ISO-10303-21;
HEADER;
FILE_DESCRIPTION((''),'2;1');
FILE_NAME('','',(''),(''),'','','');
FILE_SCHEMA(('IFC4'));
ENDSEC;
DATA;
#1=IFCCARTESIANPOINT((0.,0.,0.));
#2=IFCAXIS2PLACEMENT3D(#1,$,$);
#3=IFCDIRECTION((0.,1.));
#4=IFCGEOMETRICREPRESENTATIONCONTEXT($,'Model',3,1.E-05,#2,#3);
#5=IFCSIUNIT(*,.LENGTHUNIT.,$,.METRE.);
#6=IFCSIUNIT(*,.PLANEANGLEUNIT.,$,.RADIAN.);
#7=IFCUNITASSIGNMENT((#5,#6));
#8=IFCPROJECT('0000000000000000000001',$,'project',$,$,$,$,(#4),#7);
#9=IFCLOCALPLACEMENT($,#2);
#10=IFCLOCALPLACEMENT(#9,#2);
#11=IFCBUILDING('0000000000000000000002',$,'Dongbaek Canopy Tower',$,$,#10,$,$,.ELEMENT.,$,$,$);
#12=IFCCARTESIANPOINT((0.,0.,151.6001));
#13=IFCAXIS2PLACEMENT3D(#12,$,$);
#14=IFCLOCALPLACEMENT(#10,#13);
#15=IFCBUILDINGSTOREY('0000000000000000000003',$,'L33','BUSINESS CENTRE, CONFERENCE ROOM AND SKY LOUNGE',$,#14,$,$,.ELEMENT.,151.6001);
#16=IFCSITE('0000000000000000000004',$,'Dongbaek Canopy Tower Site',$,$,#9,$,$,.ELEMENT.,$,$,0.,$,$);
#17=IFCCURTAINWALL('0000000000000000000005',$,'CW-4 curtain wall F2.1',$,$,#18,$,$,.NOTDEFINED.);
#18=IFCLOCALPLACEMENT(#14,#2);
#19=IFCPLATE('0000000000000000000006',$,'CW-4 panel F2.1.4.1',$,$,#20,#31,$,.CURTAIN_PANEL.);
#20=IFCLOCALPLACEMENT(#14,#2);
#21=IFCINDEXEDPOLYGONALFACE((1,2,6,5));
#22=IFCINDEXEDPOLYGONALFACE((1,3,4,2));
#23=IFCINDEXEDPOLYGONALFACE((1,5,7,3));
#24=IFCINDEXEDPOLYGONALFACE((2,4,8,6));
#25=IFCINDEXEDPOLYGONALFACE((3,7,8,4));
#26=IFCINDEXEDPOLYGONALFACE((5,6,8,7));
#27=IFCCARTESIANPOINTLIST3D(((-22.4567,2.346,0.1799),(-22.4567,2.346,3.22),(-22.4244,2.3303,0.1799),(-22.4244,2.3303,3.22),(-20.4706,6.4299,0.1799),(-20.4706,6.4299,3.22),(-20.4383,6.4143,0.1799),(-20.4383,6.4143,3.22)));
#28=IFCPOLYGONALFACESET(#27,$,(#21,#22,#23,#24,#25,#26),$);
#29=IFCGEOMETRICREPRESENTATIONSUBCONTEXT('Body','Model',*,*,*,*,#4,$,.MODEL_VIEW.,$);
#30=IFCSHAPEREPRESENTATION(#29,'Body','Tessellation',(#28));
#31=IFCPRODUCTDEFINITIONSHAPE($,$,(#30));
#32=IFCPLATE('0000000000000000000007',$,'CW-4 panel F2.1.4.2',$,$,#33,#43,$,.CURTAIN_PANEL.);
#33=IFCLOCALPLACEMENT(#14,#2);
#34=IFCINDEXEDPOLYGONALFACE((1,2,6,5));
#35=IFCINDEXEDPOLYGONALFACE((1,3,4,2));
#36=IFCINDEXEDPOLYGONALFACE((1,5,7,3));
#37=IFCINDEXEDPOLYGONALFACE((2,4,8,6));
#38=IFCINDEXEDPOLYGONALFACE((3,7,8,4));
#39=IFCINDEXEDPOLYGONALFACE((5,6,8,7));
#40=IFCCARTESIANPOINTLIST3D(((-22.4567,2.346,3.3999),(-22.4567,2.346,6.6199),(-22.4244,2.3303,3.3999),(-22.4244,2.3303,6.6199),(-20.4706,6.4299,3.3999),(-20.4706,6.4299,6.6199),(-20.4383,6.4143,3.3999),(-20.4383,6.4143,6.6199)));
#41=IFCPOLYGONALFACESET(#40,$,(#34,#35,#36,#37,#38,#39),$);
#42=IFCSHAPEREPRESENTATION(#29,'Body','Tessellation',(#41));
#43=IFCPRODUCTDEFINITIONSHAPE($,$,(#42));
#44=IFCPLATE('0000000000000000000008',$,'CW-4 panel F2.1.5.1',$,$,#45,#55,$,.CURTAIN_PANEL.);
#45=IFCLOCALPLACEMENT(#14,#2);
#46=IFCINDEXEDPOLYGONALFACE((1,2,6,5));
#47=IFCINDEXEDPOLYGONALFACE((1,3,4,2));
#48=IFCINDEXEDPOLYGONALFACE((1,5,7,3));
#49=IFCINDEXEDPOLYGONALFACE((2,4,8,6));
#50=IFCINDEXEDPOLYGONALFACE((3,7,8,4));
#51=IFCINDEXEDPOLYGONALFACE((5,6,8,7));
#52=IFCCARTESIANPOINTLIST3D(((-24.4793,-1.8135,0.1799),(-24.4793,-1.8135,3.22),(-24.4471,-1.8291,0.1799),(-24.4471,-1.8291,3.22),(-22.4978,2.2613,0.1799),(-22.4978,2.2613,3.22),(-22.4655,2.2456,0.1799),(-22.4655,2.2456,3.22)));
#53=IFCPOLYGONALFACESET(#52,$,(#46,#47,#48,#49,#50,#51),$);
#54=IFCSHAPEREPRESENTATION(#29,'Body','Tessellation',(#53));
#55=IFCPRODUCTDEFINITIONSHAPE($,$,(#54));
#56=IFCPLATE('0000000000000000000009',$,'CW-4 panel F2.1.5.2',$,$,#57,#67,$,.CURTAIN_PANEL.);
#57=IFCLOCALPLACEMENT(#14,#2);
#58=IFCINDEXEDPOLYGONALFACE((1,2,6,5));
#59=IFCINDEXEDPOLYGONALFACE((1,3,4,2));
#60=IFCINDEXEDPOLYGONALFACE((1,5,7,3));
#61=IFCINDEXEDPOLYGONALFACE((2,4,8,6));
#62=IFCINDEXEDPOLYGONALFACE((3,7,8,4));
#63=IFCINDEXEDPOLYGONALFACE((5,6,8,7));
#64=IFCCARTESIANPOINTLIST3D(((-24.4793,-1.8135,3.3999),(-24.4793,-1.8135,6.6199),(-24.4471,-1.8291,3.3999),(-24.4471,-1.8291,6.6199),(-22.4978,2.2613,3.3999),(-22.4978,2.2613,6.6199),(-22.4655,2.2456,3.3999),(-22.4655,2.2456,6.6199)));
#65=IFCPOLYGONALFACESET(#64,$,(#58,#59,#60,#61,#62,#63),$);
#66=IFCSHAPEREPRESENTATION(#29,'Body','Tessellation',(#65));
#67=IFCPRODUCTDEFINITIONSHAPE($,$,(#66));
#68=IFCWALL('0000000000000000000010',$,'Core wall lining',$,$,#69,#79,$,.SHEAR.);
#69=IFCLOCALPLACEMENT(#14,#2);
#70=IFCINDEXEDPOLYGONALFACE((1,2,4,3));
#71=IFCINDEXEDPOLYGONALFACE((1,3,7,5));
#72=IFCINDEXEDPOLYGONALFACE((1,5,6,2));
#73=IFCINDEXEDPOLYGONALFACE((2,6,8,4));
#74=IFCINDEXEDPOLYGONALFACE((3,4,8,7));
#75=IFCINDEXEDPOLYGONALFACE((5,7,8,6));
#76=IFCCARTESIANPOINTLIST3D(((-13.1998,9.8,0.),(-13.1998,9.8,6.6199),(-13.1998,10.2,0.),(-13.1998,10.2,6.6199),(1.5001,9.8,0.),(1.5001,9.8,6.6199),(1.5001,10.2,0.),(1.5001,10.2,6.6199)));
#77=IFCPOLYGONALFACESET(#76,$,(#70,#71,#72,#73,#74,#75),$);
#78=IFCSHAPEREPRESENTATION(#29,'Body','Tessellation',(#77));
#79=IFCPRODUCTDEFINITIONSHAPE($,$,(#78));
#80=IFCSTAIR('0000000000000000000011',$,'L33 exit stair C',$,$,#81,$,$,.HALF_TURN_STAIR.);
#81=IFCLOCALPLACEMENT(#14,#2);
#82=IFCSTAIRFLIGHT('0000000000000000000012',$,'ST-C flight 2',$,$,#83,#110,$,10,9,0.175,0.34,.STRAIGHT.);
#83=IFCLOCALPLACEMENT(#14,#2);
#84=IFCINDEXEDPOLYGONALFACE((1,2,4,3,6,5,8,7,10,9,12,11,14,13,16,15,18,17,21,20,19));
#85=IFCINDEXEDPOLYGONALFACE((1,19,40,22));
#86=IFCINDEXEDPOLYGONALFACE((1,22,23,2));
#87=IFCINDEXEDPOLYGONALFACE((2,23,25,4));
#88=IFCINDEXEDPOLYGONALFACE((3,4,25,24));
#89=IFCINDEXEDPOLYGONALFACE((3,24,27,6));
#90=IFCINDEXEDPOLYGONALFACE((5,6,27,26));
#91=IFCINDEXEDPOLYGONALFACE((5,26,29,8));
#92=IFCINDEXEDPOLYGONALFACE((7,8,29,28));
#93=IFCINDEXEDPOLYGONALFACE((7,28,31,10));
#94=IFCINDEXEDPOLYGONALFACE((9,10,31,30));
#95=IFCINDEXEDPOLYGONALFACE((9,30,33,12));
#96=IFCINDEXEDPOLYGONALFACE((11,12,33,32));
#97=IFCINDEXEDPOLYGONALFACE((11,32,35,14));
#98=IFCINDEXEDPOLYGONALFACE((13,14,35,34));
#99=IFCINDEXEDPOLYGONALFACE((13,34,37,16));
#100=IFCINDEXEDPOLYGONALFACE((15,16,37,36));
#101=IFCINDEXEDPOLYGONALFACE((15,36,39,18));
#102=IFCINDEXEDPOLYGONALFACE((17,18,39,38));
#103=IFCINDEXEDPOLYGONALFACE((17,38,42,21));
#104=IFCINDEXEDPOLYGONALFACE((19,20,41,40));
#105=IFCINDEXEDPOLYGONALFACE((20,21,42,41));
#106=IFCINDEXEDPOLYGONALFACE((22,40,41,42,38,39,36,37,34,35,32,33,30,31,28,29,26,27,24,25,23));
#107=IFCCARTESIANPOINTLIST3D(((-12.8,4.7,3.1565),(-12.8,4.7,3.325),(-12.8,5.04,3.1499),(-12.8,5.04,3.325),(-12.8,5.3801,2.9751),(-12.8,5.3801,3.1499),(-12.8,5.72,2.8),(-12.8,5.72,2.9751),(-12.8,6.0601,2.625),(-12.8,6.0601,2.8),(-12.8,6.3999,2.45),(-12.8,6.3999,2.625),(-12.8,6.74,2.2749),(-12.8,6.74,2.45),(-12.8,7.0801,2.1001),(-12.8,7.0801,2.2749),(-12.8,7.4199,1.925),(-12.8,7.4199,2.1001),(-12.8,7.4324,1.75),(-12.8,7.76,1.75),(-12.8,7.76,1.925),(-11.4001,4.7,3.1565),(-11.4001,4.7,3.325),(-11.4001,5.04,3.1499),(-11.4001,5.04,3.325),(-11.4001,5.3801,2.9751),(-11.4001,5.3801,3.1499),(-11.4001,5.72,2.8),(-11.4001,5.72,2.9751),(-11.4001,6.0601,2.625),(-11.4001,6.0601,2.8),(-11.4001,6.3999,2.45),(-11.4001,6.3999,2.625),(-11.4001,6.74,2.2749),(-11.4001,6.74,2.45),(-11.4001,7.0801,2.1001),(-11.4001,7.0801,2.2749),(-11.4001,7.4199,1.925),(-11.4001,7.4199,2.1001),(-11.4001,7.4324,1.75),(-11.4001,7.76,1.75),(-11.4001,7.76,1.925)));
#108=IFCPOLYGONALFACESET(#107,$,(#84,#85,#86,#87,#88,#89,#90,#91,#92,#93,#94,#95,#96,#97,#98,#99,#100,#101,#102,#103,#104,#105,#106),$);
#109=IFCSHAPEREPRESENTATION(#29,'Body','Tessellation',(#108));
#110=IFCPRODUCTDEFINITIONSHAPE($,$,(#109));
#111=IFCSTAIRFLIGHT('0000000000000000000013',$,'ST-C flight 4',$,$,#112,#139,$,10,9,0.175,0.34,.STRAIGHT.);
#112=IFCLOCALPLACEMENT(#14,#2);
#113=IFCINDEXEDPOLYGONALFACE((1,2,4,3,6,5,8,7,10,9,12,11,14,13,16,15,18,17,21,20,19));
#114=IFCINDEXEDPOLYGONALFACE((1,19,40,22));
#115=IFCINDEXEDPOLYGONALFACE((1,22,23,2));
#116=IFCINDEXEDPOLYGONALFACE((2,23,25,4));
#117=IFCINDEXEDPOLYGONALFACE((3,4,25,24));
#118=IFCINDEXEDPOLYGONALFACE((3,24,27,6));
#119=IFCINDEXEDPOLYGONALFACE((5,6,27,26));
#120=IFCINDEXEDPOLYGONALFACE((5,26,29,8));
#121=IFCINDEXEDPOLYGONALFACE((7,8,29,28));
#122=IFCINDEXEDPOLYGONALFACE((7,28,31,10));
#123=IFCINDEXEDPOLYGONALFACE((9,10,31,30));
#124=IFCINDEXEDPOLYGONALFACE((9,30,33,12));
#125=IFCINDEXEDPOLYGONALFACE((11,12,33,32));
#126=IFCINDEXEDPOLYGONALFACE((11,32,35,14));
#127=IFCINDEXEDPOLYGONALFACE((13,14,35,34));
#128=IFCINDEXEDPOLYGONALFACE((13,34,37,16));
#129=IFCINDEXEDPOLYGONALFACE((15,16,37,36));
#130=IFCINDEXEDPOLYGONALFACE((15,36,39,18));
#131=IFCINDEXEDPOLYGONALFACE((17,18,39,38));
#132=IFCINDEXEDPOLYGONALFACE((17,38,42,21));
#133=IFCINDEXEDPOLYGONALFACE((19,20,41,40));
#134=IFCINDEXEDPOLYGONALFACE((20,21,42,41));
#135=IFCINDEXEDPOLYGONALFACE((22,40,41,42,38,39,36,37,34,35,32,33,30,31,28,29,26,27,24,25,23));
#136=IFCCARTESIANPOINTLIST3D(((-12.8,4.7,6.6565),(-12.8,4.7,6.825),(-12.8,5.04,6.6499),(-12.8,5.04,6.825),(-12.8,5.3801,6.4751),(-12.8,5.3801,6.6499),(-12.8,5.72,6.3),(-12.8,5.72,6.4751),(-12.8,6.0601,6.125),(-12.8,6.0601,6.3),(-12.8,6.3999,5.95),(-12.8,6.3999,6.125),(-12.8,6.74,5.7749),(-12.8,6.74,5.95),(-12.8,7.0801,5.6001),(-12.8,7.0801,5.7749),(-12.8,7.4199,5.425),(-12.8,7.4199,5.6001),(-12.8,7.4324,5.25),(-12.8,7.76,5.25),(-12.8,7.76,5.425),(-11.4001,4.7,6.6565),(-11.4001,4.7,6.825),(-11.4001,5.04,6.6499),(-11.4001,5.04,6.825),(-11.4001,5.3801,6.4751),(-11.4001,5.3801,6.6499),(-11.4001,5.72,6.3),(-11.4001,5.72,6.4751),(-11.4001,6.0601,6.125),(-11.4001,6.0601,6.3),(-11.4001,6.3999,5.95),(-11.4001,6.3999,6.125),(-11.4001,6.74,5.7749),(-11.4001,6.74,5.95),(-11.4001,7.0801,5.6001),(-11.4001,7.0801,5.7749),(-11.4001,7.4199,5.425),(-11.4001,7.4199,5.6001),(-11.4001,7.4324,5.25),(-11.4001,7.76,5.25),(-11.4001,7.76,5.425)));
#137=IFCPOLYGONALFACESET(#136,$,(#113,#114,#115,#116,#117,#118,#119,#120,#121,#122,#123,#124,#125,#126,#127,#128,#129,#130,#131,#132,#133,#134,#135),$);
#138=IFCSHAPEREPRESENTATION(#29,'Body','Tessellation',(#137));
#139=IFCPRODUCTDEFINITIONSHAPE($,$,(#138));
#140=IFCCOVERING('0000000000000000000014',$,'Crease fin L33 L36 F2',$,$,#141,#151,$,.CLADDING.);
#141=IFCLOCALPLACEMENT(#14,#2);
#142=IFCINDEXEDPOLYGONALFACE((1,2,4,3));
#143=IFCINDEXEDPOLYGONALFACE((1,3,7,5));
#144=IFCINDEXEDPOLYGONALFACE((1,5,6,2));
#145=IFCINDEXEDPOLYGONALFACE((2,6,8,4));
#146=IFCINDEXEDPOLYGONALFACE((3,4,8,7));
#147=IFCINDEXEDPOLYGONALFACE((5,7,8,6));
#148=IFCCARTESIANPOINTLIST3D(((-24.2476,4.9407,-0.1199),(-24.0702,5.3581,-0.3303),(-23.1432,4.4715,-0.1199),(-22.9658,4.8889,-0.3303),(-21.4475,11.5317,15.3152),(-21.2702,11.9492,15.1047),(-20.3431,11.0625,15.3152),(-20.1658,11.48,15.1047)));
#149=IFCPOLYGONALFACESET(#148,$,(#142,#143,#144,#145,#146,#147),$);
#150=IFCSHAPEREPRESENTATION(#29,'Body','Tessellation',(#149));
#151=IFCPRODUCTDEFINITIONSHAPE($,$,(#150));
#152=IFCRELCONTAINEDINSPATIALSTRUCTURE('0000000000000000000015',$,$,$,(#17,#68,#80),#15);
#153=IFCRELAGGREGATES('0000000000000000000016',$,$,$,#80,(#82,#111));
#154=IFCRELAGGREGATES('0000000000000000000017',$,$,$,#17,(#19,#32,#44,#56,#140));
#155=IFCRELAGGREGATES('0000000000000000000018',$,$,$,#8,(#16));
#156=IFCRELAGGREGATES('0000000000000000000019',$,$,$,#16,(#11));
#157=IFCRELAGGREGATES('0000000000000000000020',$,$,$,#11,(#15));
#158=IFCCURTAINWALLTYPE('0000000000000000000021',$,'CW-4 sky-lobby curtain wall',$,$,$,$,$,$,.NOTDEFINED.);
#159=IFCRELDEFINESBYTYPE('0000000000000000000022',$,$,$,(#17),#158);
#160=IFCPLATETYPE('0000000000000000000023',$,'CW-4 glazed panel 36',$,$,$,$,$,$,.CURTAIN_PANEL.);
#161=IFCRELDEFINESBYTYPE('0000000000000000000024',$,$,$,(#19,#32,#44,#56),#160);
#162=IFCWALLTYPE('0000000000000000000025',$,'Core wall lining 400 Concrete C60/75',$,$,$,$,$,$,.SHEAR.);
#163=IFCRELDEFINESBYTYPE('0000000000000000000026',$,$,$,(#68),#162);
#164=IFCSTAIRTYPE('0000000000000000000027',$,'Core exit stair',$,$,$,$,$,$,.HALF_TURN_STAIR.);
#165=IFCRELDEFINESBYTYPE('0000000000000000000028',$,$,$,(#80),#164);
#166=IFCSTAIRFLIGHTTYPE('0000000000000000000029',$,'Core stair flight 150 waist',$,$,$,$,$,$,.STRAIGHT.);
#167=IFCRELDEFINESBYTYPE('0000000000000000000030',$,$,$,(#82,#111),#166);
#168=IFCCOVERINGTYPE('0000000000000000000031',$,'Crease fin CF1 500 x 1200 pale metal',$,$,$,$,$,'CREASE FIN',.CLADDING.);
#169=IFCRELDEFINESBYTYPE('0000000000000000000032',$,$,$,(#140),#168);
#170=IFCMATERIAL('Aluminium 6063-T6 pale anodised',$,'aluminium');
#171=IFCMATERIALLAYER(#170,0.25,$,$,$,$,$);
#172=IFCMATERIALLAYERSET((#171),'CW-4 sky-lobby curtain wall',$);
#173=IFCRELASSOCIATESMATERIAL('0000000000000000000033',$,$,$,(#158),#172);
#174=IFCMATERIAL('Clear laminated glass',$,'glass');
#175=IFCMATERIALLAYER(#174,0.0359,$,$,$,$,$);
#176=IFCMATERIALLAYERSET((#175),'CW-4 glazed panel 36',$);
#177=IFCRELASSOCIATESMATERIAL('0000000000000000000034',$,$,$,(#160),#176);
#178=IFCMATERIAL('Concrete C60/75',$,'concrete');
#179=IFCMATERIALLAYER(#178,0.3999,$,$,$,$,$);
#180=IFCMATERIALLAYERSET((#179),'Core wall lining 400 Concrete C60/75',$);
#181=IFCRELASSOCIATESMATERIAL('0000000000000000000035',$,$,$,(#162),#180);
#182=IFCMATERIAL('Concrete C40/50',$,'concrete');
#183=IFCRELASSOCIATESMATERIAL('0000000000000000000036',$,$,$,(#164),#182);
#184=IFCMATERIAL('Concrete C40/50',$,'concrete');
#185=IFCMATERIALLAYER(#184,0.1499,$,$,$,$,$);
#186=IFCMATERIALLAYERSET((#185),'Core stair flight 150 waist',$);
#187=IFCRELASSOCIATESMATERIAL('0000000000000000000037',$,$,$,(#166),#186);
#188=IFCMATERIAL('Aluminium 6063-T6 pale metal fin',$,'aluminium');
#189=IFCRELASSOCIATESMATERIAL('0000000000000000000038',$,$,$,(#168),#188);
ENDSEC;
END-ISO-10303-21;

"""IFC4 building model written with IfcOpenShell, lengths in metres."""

from ifc_helpers import new_model, si_unit, direction, frame, frame_2d, origin, origin_2d, place, context, subcontext, project, spatial, polyline, rectangle, outline, extrude, material, layer, layer_set, material_profile, profile_set, type_object, element, aggregate, save


model = new_model("IFC4")

# Units and contexts
model_context = context("Model", 3, precision=1e-05, world=origin(), true_north=direction((0.0, 1.0)))
body_context = subcontext(model_context, "Body", "Model", "MODEL_VIEW")
ifc_project = project(units=[si_unit("LENGTHUNIT", "METRE"), si_unit("PLANEANGLEUNIT", "RADIAN")], contexts=[model_context])

# Site, building, storey
site_placement = place(None, origin())
site = spatial("IfcSite", under=ifc_project, at=site_placement, Name="Dongbaek Canopy Tower Site", CompositionType="ELEMENT", RefElevation=0.0)
building_placement = place(site_placement, origin())
building = spatial("IfcBuilding", under=site, at=building_placement, Name="Dongbaek Canopy Tower", CompositionType="ELEMENT")
storey_placement = place(building_placement, frame((0.0, 0.0, 151.6001)))
storey = spatial("IfcBuildingStorey", under=building, at=storey_placement, Name="L33", Description="BUSINESS CENTRE, CONFERENCE ROOM AND SKY LOUNGE", CompositionType="ELEMENT", Elevation=151.6001)

# Curtain wall
ifc_material_1 = material(Name="Aluminium 6063-T6 pale anodised", Category="aluminium")
ifc_layer_1 = layer(ifc_material_1, 0.25)
ifc_layer_set_1 = layer_set([ifc_layer_1], Name="CW-4 sky-lobby curtain wall")
curtain_wall_type = type_object("IfcCurtainWallType", Name="CW-4 sky-lobby curtain wall", PredefinedType="NOTDEFINED", material=ifc_layer_set_1)
curtain_wall_placement = place(storey_placement, origin())
curtain_wall = element("IfcCurtainWall", 1, at=curtain_wall_placement, inside=storey, type_object=curtain_wall_type, Name="CW-4 curtain wall F2.1", PredefinedType="NOTDEFINED")

# Plates
ifc_material_2 = material(Name="Clear laminated glass", Category="glass")
ifc_layer_2 = layer(ifc_material_2, 0.0359)
ifc_layer_set_2 = layer_set([ifc_layer_2], Name="CW-4 glazed panel 36")
plate_type = type_object("IfcPlateType", Name="CW-4 glazed panel 36", PredefinedType="CURTAIN_PANEL", material=ifc_layer_set_2)
plate_1_placement = place(storey_placement, frame((-21.4475, 4.3801, 0.1799), z_axis=(0.0, 0.0, 1.0), x_axis=(-0.437336, -0.899298, 0.0)))
plate_1 = element("IfcPlate", 2, at=plate_1_placement, type_object=plate_type, Name="CW-4 panel F2.1.4.1", PredefinedType="CURTAIN_PANEL", context=body_context, shape_type="SweptSolid", body=[
    extrude(rectangle(XDim=4.5413, YDim=0.0359, at=origin_2d()), origin(), (0.0, 0.0, 1.0), 3.04),
])
plate_2_placement = place(storey_placement, frame((-21.4475, 4.3801, 3.3999), z_axis=(0.0, 0.0, 1.0), x_axis=(-0.437336, -0.899298, 0.0)))
plate_2 = element("IfcPlate", 3, at=plate_2_placement, type_object=plate_type, Name="CW-4 panel F2.1.4.2", PredefinedType="CURTAIN_PANEL", context=body_context, shape_type="SweptSolid", body=[
    extrude(rectangle(XDim=4.5413, YDim=0.0359, at=origin_2d()), origin(), (0.0, 0.0, 1.0), 3.22),
])
plate_3_placement = place(storey_placement, frame((-23.4724, 0.2161, 0.1799), z_axis=(0.0, 0.0, 1.0), x_axis=(-0.437336, -0.899298, 0.0)))
plate_3 = element("IfcPlate", 4, at=plate_3_placement, type_object=plate_type, Name="CW-4 panel F2.1.5.1", PredefinedType="CURTAIN_PANEL", context=body_context, shape_type="SweptSolid", body=[
    extrude(rectangle(XDim=4.531, YDim=0.0359, at=origin_2d()), origin(), (0.0, 0.0, 1.0), 3.04),
])
plate_4_placement = place(storey_placement, frame((-23.4724, 0.2161, 3.3999), z_axis=(0.0, 0.0, 1.0), x_axis=(-0.437336, -0.899298, 0.0)))
plate_4 = element("IfcPlate", 5, at=plate_4_placement, type_object=plate_type, Name="CW-4 panel F2.1.5.2", PredefinedType="CURTAIN_PANEL", context=body_context, shape_type="SweptSolid", body=[
    extrude(rectangle(XDim=4.531, YDim=0.0359, at=origin_2d()), origin(), (0.0, 0.0, 1.0), 3.22),
])

# Wall
ifc_material_3 = material(Name="Concrete C60/75", Category="concrete")
ifc_layer_3 = layer(ifc_material_3, 0.3999)
ifc_layer_set_3 = layer_set([ifc_layer_3], Name="Core wall lining 400 Concrete C60/75")
wall_type = type_object("IfcWallType", Name="Core wall lining 400 Concrete C60/75", PredefinedType="SHEAR", material=ifc_layer_set_3)
wall_placement = place(storey_placement, frame((-13.2, 10.0, 0.0), z_axis=(0.0, 0.0, 1.0), x_axis=(1.0, 0.0, 0.0)))
element("IfcWall", 6, at=wall_placement, inside=storey, type_object=wall_type, Name="Core wall lining", PredefinedType="SHEAR", context=body_context, shape_type="SweptSolid", body=[
    extrude(rectangle(XDim=14.7, YDim=0.3999, at=frame_2d((7.3501, 0.0))), origin(), (0.0, 0.0, 1.0), 6.6199),
])

# Stair, stair flights
ifc_material_4 = material(Name="Concrete C40/50", Category="concrete")
stair_type = type_object("IfcStairType", Name="Core exit stair", PredefinedType="HALF_TURN_STAIR", material=ifc_material_4)
stair_placement = place(storey_placement, origin())
stair = element("IfcStair", 7, at=stair_placement, inside=storey, type_object=stair_type, Name="L33 exit stair C", PredefinedType="HALF_TURN_STAIR")
ifc_material_5 = material(Name="Concrete C40/50", Category="concrete")
ifc_layer_4 = layer(ifc_material_5, 0.1499)
ifc_layer_set_4 = layer_set([ifc_layer_4], Name="Core stair flight 150 waist")
stair_flight_type = type_object("IfcStairFlightType", Name="Core stair flight 150 waist", PredefinedType="STRAIGHT", material=ifc_layer_set_4)
stair_flight_1_placement = place(storey_placement, frame((-12.1001, 7.76, 1.75), z_axis=(0.0, 0.0, 1.0), x_axis=(0.0, -1.0, 0.0)))
stair_flight_1 = element("IfcStairFlight", 8, at=stair_flight_1_placement, type_object=stair_flight_type, Name="ST-C flight 2", NumberOfRisers=10, NumberOfTreads=9, PredefinedType="STRAIGHT", RiserHeight=0.175, TreadLength=0.34, context=body_context, shape_type="SweptSolid", body=[
    extrude(outline(polyline([(0.0, 0.0), (0.0, 0.175), (0.3401, 0.175), (0.3401, 0.3501), (0.6799, 0.3501), (0.6799, 0.5249), (1.02, 0.5249), (1.02, 0.7), (1.3601, 0.7), (1.3601, 0.875), (1.7, 0.875), (1.7, 1.05), (2.04, 1.05), (2.04, 1.2251), (2.3799, 1.2251), (2.3799, 1.3999), (2.72, 1.3999), (2.72, 1.575), (3.0601, 1.575), (3.0601, 1.75), (3.0601, 1.4065), (0.3276, 0.0), (0.0, 0.0)])), frame((0.0, 0.7, 0.0), z_axis=(0.0, -1.0, 0.0), x_axis=(1.0, 0.0, 0.0)), (0.0, 0.0, 1.0), 1.3999),
])
stair_flight_2_placement = place(storey_placement, frame((-12.1001, 7.76, 5.25), z_axis=(0.0, 0.0, 1.0), x_axis=(0.0, -1.0, 0.0)))
stair_flight_2 = element("IfcStairFlight", 9, at=stair_flight_2_placement, type_object=stair_flight_type, Name="ST-C flight 4", NumberOfRisers=10, NumberOfTreads=9, PredefinedType="STRAIGHT", RiserHeight=0.175, TreadLength=0.34, context=body_context, shape_type="SweptSolid", body=[
    extrude(outline(polyline([(0.0, 0.0), (0.0, 0.175), (0.3401, 0.175), (0.3401, 0.3501), (0.6799, 0.3501), (0.6799, 0.5249), (1.02, 0.5249), (1.02, 0.7), (1.3601, 0.7), (1.3601, 0.875), (1.7, 0.875), (1.7, 1.05), (2.04, 1.05), (2.04, 1.2251), (2.3799, 1.2251), (2.3799, 1.3999), (2.72, 1.3999), (2.72, 1.575), (3.0601, 1.575), (3.0601, 1.75), (3.0601, 1.4065), (0.3276, 0.0), (0.0, 0.0)])), frame((0.0, 0.7, 0.0), z_axis=(0.0, -1.0, 0.0), x_axis=(1.0, 0.0, 0.0)), (0.0, 0.0, 1.0), 1.3999),
])
aggregate(stair, [stair_flight_1, stair_flight_2])

# Covering
ifc_material_6 = material(Name="Aluminium 6063-T6 pale metal fin", Category="aluminium")
ifc_material_profile_1 = material_profile(ifc_material_6, rectangle(XDim=1.2, YDim=0.5, at=origin_2d()), Name="Crease fin CF1 500 x 1200 pale metal")
ifc_profile_set_1 = profile_set([ifc_material_profile_1], Name="Aluminium 6063-T6 pale metal fin")
covering_type = type_object("IfcCoveringType", Name="Crease fin CF1 500 x 1200 pale metal", ElementType="CREASE FIN", PredefinedType="CLADDING", material=ifc_profile_set_1)
covering_placement = place(storey_placement, frame((-23.6067, 4.9148, -0.2251), z_axis=(0.16456, 0.387359, 0.907124), x_axis=(-0.920389, 0.391004, 0.0)))
covering = element("IfcCovering", 10, at=covering_placement, type_object=covering_type, Name="Crease fin L33 L36 F2", PredefinedType="CLADDING", context=body_context, shape_type="SweptSolid", body=[
    extrude(rectangle(XDim=1.2, YDim=0.5, at=origin_2d()), origin(), (0.0, 0.0, 1.0), 17.0154),
])
aggregate(curtain_wall, [plate_1, plate_2, plate_3, plate_4, covering])

save(model, "model.ifc")
